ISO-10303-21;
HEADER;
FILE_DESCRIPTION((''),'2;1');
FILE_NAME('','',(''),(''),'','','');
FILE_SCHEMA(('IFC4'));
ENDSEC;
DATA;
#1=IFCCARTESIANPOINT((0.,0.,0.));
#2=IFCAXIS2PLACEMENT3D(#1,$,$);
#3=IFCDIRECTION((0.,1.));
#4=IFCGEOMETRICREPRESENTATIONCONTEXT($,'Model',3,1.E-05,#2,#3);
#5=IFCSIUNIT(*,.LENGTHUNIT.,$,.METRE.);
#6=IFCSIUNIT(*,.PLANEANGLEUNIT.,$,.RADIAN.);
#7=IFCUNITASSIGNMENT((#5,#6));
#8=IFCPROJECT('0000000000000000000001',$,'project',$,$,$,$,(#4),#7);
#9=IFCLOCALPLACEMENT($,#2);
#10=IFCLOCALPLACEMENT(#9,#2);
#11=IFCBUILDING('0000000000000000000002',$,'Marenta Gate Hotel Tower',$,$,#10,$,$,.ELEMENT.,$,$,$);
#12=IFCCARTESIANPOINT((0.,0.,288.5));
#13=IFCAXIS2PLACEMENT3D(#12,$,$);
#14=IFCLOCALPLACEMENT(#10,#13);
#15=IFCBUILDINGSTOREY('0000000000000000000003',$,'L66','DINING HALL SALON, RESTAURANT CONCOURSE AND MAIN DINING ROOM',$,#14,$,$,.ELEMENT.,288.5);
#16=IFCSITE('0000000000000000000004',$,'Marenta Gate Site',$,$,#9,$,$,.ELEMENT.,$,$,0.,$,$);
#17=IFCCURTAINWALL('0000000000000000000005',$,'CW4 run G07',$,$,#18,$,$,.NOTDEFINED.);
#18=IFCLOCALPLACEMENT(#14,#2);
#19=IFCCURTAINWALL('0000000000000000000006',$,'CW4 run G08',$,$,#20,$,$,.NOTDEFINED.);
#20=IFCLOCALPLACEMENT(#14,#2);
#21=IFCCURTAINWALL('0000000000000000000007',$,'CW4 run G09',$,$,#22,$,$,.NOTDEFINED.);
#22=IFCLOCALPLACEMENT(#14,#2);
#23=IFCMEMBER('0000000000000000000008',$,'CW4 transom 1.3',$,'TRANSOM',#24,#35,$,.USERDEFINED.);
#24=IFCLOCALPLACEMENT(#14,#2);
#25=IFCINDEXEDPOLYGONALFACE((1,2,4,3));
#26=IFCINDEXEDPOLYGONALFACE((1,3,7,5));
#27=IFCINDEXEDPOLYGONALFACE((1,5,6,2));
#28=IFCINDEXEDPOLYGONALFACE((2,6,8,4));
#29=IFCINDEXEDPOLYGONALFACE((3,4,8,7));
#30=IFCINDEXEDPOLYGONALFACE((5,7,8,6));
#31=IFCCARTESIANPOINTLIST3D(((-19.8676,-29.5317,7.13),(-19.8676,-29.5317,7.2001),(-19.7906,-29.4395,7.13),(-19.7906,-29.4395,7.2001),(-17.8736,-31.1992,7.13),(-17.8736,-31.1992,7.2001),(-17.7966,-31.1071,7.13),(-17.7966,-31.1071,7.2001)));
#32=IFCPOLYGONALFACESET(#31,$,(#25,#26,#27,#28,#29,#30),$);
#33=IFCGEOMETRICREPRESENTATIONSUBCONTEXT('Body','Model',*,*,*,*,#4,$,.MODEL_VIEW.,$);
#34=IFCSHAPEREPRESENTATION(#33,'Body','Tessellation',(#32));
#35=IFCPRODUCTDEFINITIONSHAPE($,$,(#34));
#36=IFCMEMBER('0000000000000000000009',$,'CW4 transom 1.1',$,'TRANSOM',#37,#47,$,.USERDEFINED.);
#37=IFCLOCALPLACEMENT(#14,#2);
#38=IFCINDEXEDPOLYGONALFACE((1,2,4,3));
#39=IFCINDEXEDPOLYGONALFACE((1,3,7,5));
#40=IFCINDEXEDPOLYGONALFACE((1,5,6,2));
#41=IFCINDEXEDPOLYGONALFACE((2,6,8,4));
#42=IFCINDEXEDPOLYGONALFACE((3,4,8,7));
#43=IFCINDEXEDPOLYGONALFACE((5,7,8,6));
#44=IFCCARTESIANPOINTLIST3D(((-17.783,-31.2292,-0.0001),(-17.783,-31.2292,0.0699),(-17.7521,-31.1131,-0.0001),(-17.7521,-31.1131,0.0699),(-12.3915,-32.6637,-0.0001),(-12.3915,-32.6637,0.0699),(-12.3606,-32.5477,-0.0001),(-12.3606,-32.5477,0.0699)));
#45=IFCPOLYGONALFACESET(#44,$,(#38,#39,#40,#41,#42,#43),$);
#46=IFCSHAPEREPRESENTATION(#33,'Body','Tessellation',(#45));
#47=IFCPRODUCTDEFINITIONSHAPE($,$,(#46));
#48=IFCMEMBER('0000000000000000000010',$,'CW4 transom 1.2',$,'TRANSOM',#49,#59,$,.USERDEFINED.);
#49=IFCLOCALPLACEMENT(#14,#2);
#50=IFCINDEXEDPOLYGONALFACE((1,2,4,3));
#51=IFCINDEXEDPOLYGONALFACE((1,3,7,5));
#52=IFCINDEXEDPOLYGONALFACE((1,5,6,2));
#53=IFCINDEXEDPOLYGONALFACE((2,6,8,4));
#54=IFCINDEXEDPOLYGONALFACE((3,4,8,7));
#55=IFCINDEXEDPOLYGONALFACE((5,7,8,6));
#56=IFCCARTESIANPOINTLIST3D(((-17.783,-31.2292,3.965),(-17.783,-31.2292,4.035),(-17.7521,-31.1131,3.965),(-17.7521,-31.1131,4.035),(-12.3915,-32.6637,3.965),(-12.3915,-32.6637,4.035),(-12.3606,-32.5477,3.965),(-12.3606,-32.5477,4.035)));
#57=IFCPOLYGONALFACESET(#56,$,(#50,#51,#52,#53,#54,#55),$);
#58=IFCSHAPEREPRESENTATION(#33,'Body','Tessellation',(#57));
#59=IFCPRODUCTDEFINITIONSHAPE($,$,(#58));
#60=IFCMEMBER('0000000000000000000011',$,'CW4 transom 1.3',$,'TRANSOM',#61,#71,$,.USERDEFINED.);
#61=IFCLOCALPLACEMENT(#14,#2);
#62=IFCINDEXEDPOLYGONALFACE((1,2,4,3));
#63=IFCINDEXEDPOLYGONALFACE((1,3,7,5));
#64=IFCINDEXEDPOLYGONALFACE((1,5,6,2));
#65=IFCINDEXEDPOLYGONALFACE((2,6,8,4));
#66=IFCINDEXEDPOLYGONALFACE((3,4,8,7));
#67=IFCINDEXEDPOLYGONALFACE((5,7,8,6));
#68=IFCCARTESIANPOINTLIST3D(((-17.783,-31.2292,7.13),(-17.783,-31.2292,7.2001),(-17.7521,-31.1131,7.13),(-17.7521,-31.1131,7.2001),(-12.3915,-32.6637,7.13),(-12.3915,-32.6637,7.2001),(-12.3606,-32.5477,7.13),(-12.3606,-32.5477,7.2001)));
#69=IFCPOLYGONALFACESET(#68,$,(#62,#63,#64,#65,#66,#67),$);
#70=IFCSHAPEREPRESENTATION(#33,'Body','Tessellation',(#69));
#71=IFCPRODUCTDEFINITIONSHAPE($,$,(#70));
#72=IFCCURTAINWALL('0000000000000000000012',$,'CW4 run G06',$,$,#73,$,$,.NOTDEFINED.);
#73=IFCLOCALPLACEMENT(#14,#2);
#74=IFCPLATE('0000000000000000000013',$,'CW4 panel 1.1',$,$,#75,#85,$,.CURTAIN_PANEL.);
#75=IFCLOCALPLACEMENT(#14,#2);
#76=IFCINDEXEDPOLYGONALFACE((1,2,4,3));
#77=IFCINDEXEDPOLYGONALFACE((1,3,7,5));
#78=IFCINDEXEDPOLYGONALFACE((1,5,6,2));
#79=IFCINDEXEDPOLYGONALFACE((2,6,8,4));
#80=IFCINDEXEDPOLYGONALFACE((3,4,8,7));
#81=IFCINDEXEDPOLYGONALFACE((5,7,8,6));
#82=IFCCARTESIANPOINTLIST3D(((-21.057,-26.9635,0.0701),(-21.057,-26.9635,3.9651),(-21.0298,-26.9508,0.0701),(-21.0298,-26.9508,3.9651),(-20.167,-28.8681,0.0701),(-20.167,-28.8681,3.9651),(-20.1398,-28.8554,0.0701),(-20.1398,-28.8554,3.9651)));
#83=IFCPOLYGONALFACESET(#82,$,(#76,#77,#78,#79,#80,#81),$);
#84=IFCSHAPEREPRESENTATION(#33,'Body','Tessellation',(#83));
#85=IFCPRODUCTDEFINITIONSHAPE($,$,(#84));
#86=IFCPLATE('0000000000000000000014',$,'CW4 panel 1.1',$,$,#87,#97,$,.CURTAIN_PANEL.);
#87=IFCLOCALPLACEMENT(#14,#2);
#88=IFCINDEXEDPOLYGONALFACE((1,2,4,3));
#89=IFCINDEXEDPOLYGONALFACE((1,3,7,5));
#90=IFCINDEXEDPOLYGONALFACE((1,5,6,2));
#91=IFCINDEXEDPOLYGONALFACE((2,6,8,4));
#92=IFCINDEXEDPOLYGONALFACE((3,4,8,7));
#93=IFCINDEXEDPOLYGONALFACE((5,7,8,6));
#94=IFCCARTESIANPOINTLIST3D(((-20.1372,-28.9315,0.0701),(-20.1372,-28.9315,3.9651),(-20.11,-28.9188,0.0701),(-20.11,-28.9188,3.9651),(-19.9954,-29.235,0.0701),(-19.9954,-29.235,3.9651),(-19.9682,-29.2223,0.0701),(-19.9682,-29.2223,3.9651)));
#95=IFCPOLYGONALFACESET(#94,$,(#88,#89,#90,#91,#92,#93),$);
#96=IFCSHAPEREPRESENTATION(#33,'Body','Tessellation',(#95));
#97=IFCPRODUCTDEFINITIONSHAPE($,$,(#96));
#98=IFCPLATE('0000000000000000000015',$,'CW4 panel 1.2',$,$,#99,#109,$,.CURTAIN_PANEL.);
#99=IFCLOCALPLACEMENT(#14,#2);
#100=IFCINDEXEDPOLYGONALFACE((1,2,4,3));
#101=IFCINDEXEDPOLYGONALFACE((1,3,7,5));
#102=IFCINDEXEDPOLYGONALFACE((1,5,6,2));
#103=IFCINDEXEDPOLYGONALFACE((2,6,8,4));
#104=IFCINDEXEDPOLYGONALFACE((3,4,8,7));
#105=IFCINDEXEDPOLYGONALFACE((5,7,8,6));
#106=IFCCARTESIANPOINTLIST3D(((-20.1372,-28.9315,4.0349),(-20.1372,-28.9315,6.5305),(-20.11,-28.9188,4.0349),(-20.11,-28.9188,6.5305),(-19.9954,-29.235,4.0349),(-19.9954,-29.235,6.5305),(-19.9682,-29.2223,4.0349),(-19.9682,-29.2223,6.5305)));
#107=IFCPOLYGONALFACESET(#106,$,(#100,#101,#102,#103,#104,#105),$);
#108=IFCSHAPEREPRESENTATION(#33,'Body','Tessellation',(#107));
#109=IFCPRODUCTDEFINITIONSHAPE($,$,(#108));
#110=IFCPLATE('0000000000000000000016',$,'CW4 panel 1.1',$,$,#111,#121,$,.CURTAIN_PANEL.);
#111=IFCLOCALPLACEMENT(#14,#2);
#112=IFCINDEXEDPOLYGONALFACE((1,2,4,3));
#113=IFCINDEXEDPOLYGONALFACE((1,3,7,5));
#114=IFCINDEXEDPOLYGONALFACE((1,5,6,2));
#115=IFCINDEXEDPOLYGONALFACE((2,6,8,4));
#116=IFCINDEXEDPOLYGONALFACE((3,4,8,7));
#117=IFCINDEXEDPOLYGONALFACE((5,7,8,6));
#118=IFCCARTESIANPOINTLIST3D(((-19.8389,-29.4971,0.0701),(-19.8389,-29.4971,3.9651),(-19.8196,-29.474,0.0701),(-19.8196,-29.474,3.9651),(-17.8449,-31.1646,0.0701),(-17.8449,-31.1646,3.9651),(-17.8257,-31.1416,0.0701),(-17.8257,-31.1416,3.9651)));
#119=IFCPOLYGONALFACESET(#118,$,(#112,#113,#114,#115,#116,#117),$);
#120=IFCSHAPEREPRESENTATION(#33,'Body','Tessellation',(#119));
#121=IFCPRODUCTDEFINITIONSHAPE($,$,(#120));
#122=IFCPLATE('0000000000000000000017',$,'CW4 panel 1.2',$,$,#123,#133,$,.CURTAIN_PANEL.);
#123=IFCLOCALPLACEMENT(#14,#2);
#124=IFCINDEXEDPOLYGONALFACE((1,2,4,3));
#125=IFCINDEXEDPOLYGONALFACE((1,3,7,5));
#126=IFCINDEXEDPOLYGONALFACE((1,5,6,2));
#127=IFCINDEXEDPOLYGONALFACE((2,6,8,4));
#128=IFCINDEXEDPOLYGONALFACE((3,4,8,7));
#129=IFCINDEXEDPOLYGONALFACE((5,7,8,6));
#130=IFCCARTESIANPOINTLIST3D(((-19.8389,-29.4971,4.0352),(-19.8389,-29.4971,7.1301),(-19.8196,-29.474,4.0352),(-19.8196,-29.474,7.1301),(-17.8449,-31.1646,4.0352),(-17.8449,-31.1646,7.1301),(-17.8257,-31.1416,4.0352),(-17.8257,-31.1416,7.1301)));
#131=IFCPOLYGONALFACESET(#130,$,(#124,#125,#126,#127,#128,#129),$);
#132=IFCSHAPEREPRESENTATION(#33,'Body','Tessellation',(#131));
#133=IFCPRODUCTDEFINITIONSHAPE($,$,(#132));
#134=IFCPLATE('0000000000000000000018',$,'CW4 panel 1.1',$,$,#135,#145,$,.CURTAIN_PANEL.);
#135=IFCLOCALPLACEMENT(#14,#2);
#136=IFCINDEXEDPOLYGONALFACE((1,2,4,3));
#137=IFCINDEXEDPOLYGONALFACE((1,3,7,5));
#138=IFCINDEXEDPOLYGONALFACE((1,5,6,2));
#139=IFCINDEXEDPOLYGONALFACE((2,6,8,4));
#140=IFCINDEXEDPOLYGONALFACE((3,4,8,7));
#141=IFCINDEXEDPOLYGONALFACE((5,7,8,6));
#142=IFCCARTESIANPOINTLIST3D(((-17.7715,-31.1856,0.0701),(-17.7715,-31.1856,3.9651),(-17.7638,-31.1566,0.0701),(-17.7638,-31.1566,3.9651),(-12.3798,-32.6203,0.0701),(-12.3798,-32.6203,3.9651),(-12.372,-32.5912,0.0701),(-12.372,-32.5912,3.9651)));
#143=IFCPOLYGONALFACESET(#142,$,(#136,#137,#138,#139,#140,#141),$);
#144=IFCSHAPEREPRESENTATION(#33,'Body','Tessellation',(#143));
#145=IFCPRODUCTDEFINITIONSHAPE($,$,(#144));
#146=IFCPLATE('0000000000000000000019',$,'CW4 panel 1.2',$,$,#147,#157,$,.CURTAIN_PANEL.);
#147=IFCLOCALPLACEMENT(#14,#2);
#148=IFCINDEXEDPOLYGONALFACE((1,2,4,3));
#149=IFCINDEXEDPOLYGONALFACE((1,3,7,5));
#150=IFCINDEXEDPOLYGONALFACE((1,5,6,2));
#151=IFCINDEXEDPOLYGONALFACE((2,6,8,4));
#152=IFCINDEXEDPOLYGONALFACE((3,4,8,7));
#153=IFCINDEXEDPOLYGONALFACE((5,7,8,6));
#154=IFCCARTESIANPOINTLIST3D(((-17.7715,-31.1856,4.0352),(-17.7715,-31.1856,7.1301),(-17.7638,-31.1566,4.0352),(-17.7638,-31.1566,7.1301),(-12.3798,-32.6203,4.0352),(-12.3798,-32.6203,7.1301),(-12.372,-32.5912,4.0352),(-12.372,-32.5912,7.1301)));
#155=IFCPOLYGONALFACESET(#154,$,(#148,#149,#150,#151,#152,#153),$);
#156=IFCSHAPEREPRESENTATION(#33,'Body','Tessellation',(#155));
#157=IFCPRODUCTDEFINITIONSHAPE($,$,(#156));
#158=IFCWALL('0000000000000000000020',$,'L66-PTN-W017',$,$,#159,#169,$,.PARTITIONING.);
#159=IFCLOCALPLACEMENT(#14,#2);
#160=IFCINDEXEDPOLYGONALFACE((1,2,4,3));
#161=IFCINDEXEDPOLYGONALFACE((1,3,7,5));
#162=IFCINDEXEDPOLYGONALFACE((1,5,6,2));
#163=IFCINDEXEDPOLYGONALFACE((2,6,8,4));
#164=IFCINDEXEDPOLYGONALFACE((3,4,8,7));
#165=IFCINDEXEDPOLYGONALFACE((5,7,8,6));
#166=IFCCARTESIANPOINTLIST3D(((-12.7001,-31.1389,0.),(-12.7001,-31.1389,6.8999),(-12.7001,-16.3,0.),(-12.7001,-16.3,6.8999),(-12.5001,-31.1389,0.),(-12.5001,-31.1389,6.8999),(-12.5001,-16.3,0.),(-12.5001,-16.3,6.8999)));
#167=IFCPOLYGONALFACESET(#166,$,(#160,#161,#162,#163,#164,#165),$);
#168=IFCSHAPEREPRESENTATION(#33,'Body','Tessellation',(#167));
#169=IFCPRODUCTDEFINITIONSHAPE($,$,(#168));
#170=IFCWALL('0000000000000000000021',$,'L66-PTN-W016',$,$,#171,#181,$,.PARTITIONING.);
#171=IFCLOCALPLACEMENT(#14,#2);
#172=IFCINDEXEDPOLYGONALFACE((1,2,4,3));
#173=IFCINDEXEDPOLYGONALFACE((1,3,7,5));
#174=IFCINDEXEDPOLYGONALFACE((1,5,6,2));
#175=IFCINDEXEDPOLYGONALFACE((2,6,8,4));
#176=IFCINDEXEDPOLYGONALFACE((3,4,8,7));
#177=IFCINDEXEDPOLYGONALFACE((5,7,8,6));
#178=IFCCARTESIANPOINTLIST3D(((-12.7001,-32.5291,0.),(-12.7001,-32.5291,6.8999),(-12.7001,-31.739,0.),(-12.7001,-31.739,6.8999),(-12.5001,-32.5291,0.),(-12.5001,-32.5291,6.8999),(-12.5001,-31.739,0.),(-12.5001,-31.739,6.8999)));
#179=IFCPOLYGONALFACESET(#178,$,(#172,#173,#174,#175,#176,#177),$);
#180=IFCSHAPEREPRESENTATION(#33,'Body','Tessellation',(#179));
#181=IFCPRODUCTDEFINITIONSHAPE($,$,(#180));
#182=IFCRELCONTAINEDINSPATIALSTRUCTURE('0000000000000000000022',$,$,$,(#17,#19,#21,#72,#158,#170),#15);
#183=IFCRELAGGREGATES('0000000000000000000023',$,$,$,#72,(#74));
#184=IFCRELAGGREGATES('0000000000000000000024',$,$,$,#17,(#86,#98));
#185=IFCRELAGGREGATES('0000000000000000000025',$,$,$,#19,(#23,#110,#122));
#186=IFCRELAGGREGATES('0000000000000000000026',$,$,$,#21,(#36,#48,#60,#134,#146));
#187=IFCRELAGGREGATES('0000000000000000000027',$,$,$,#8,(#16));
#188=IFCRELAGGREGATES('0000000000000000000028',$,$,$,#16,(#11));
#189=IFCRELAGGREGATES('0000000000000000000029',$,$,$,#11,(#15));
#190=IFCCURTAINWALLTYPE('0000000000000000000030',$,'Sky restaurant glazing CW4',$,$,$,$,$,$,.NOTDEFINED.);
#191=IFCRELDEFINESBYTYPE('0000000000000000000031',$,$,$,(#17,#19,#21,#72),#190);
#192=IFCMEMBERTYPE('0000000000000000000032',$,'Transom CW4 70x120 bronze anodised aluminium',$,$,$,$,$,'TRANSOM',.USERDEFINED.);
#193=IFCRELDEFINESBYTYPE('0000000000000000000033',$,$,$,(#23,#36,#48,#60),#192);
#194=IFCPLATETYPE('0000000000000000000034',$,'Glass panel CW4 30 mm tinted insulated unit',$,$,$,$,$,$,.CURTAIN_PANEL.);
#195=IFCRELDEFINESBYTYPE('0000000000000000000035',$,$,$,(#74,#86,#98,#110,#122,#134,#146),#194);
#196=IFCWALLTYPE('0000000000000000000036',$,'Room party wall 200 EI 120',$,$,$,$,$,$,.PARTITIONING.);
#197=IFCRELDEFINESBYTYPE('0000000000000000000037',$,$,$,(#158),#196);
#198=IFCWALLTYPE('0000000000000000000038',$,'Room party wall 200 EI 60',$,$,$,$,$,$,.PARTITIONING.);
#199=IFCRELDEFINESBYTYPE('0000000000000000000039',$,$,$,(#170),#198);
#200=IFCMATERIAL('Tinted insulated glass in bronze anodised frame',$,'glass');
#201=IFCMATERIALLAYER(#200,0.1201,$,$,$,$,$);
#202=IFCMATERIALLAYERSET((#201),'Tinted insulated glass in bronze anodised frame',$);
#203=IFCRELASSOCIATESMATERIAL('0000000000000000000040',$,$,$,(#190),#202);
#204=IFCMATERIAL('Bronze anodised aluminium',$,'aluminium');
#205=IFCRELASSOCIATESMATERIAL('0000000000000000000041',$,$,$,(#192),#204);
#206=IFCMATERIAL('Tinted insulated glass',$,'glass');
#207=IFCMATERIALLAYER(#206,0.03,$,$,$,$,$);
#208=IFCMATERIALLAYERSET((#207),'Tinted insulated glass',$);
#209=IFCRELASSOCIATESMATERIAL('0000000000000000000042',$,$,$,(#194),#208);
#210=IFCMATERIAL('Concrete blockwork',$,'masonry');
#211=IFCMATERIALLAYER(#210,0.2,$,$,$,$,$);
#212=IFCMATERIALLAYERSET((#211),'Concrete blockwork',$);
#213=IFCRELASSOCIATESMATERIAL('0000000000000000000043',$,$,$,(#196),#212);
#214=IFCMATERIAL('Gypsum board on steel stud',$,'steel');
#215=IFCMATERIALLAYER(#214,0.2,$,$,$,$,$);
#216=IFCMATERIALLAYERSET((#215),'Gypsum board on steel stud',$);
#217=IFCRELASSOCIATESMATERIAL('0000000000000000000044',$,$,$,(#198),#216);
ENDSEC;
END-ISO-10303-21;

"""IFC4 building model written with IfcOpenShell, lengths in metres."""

from ifc_helpers import new_model, si_unit, direction, frame, frame_2d, origin, origin_2d, place, context, subcontext, project, spatial, rectangle, extrude, material, layer, layer_set, material_profile, profile_set, type_object, element, aggregate, save


model = new_model("IFC4")

# Units and contexts
model_context = context("Model", 3, precision=1e-05, world=origin(), true_north=direction((0.0, 1.0)))
body_context = subcontext(model_context, "Body", "Model", "MODEL_VIEW")
ifc_project = project(units=[si_unit("LENGTHUNIT", "METRE"), si_unit("PLANEANGLEUNIT", "RADIAN")], contexts=[model_context])

# Site, building, storey
site_placement = place(None, origin())
site = spatial("IfcSite", under=ifc_project, at=site_placement, Name="Marenta Gate Site", CompositionType="ELEMENT", RefElevation=0.0)
building_placement = place(site_placement, origin())
building = spatial("IfcBuilding", under=site, at=building_placement, Name="Marenta Gate Hotel Tower", CompositionType="ELEMENT")
storey_placement = place(building_placement, frame((0.0, 0.0, 288.5)))
storey = spatial("IfcBuildingStorey", under=building, at=storey_placement, Name="L66", Description="DINING HALL SALON, RESTAURANT CONCOURSE AND MAIN DINING ROOM", CompositionType="ELEMENT", Elevation=288.5)

# Curtain wall
ifc_material_1 = material(Name="Tinted insulated glass in bronze anodised frame", Category="glass")
ifc_layer_1 = layer(ifc_material_1, 0.1201)
ifc_layer_set_1 = layer_set([ifc_layer_1], Name="Tinted insulated glass in bronze anodised frame")
curtain_wall_type = type_object("IfcCurtainWallType", Name="Sky restaurant glazing CW4", PredefinedType="NOTDEFINED", material=ifc_layer_set_1)
curtain_wall_1_placement = place(storey_placement, origin())
curtain_wall_1 = element("IfcCurtainWall", 1, at=curtain_wall_1_placement, inside=storey, type_object=curtain_wall_type, Name="CW4 run G07", PredefinedType="NOTDEFINED")

# Curtain wall
curtain_wall_2_placement = place(storey_placement, origin())
curtain_wall_2 = element("IfcCurtainWall", 2, at=curtain_wall_2_placement, inside=storey, type_object=curtain_wall_type, Name="CW4 run G08", PredefinedType="NOTDEFINED")

# Curtain wall
curtain_wall_3_placement = place(storey_placement, origin())
curtain_wall_3 = element("IfcCurtainWall", 3, at=curtain_wall_3_placement, inside=storey, type_object=curtain_wall_type, Name="CW4 run G09", PredefinedType="NOTDEFINED")

# Members
ifc_material_2 = material(Name="Bronze anodised aluminium", Category="aluminium")
ifc_material_profile_1 = material_profile(ifc_material_2, rectangle(XDim=0.1201, YDim=0.0701, at=origin_2d()), Name="Transom CW4 70x120 bronze anodised aluminium")
ifc_profile_set_1 = profile_set([ifc_material_profile_1], Name="Bronze anodised aluminium")
member_type_1 = type_object("IfcMemberType", Name="Transom CW4 70x120 bronze anodised aluminium", ElementType="TRANSOM", PredefinedType="USERDEFINED", material=ifc_profile_set_1)
member_1_placement = place(storey_placement, frame((-19.8291, -29.4856, 7.165), z_axis=(0.767104, -0.641523, 0.0), x_axis=(0.641523, 0.767104, 0.0)))
member_1 = element("IfcMember", 4, at=member_1_placement, type_object=member_type_1, Name="CW4 transom 1.3", ObjectType="TRANSOM", PredefinedType="USERDEFINED", context=body_context, shape_type="SweptSolid", body=[
    extrude(rectangle(XDim=0.1201, YDim=0.0701, at=origin_2d()), origin(), (0.0, 0.0, 1.0), 2.5994),
])
member_2_placement = place(storey_placement, frame((-17.7676, -31.1711, 0.0349), z_axis=(0.966377, -0.257129, 0.0), x_axis=(0.257129, 0.966377, 0.0)))
member_2 = element("IfcMember", 5, at=member_2_placement, type_object=member_type_1, Name="CW4 transom 1.1", ObjectType="TRANSOM", PredefinedType="USERDEFINED", context=body_context, shape_type="SweptSolid", body=[
    extrude(rectangle(XDim=0.1201, YDim=0.0701, at=origin_2d()), origin(), (0.0, 0.0, 1.0), 5.5791),
])
member_3_placement = place(storey_placement, frame((-17.7676, -31.1711, 4.0), z_axis=(0.966377, -0.257129, 0.0), x_axis=(0.257129, 0.966377, 0.0)))
member_3 = element("IfcMember", 6, at=member_3_placement, type_object=member_type_1, Name="CW4 transom 1.2", ObjectType="TRANSOM", PredefinedType="USERDEFINED", context=body_context, shape_type="SweptSolid", body=[
    extrude(rectangle(XDim=0.1201, YDim=0.0701, at=origin_2d()), origin(), (0.0, 0.0, 1.0), 5.5791),
])
member_4_placement = place(storey_placement, frame((-17.7676, -31.1711, 7.165), z_axis=(0.966377, -0.257129, 0.0), x_axis=(0.257129, 0.966377, 0.0)))
member_4 = element("IfcMember", 7, at=member_4_placement, type_object=member_type_1, Name="CW4 transom 1.3", ObjectType="TRANSOM", PredefinedType="USERDEFINED", context=body_context, shape_type="SweptSolid", body=[
    extrude(rectangle(XDim=0.1201, YDim=0.0701, at=origin_2d()), origin(), (0.0, 0.0, 1.0), 5.5791),
])

# Curtain wall, plate
curtain_wall_4_placement = place(storey_placement, origin())
curtain_wall_4 = element("IfcCurtainWall", 8, at=curtain_wall_4_placement, inside=storey, type_object=curtain_wall_type, Name="CW4 run G06", PredefinedType="NOTDEFINED")
ifc_material_3 = material(Name="Tinted insulated glass", Category="glass")
ifc_layer_2 = layer(ifc_material_3, 0.03)
ifc_layer_set_2 = layer_set([ifc_layer_2], Name="Tinted insulated glass")
plate_type = type_object("IfcPlateType", Name="Glass panel CW4 30 mm tinted insulated unit", PredefinedType="CURTAIN_PANEL", material=ifc_layer_set_2)
plate_1_placement = place(storey_placement, frame((-20.5984, -27.9094, 0.0701), z_axis=(0.0, 0.0, 1.0), x_axis=(0.423339, -0.905971, 0.0)))
plate_1 = element("IfcPlate", 9, at=plate_1_placement, type_object=plate_type, Name="CW4 panel 1.1", PredefinedType="CURTAIN_PANEL", context=body_context, shape_type="SweptSolid", body=[
    extrude(rectangle(XDim=2.1023, YDim=0.03, at=origin_2d()), origin(), (0.0, 0.0, 1.0), 3.895),
])
aggregate(curtain_wall_4, [plate_1])

# Plates
plate_2_placement = place(storey_placement, frame((-20.0527, -29.0769, 0.0701), z_axis=(0.0, 0.0, 1.0), x_axis=(0.423393, -0.905946, 0.0)))
plate_2 = element("IfcPlate", 10, at=plate_2_placement, type_object=plate_type, Name="CW4 panel 1.1", PredefinedType="CURTAIN_PANEL", context=body_context, shape_type="SweptSolid", body=[
    extrude(rectangle(XDim=0.335, YDim=0.03, at=origin_2d()), origin(), (0.0, 0.0, 1.0), 3.895),
])
plate_3_placement = place(storey_placement, frame((-20.0527, -29.0769, 4.0349), z_axis=(0.0, 0.0, 1.0), x_axis=(0.423393, -0.905946, 0.0)))
plate_3 = element("IfcPlate", 11, at=plate_3_placement, type_object=plate_type, Name="CW4 panel 1.2", PredefinedType="CURTAIN_PANEL", context=body_context, shape_type="SweptSolid", body=[
    extrude(rectangle(XDim=0.335, YDim=0.03, at=origin_2d()), origin(), (0.0, 0.0, 1.0), 2.4956),
])
aggregate(curtain_wall_1, [plate_2, plate_3])
plate_4_placement = place(storey_placement, frame((-18.8323, -30.3193, 0.0701), z_axis=(0.0, 0.0, 1.0), x_axis=(0.767102, -0.641525, 0.0)))
plate_4 = element("IfcPlate", 12, at=plate_4_placement, type_object=plate_type, Name="CW4 panel 1.1", PredefinedType="CURTAIN_PANEL", context=body_context, shape_type="SweptSolid", body=[
    extrude(rectangle(XDim=2.5994, YDim=0.03, at=origin_2d()), origin(), (0.0, 0.0, 1.0), 3.895),
])
plate_5_placement = place(storey_placement, frame((-18.8323, -30.3193, 4.0352), z_axis=(0.0, 0.0, 1.0), x_axis=(0.767102, -0.641525, 0.0)))
plate_5 = element("IfcPlate", 13, at=plate_5_placement, type_object=plate_type, Name="CW4 panel 1.2", PredefinedType="CURTAIN_PANEL", context=body_context, shape_type="SweptSolid", body=[
    extrude(rectangle(XDim=2.5994, YDim=0.03, at=origin_2d()), origin(), (0.0, 0.0, 1.0), 3.095),
])
aggregate(curtain_wall_2, [member_1, plate_4, plate_5])
plate_6_placement = place(storey_placement, frame((-15.0718, -31.8884, 0.0701), z_axis=(0.0, 0.0, 1.0), x_axis=(0.966375, -0.257136, 0.0)))
plate_6 = element("IfcPlate", 14, at=plate_6_placement, type_object=plate_type, Name="CW4 panel 1.1", PredefinedType="CURTAIN_PANEL", context=body_context, shape_type="SweptSolid", body=[
    extrude(rectangle(XDim=5.5793, YDim=0.03, at=origin_2d()), origin(), (0.0, 0.0, 1.0), 3.895),
])
plate_7_placement = place(storey_placement, frame((-15.0718, -31.8884, 4.0352), z_axis=(0.0, 0.0, 1.0), x_axis=(0.966375, -0.257136, 0.0)))
plate_7 = element("IfcPlate", 15, at=plate_7_placement, type_object=plate_type, Name="CW4 panel 1.2", PredefinedType="CURTAIN_PANEL", context=body_context, shape_type="SweptSolid", body=[
    extrude(rectangle(XDim=5.5793, YDim=0.03, at=origin_2d()), origin(), (0.0, 0.0, 1.0), 3.095),
])
aggregate(curtain_wall_3, [member_2, member_3, member_4, plate_6, plate_7])

# Walls
ifc_material_4 = material(Name="Concrete blockwork", Category="masonry")
ifc_layer_3 = layer(ifc_material_4, 0.2)
ifc_layer_set_3 = layer_set([ifc_layer_3], Name="Concrete blockwork")
wall_type_1 = type_object("IfcWallType", Name="Room party wall 200 EI 120", PredefinedType="PARTITIONING", material=ifc_layer_set_3)
wall_1_placement = place(storey_placement, frame((-12.6001, -31.1389, 0.0), z_axis=(0.0, 0.0, 1.0), x_axis=(0.0, 1.0, 0.0)))
element("IfcWall", 16, at=wall_1_placement, inside=storey, type_object=wall_type_1, Name="L66-PTN-W017", PredefinedType="PARTITIONING", context=body_context, shape_type="SweptSolid", body=[
    extrude(rectangle(XDim=14.8389, YDim=0.2, at=frame_2d((7.4194, 0.0))), origin(), (0.0, 0.0, 1.0), 6.8999),
])
ifc_material_5 = material(Name="Gypsum board on steel stud", Category="steel")
ifc_layer_4 = layer(ifc_material_5, 0.2)
ifc_layer_set_4 = layer_set([ifc_layer_4], Name="Gypsum board on steel stud")
wall_type_2 = type_object("IfcWallType", Name="Room party wall 200 EI 60", PredefinedType="PARTITIONING", material=ifc_layer_set_4)
wall_2_placement = place(storey_placement, frame((-12.6001, -32.5291, 0.0), z_axis=(0.0, 0.0, 1.0), x_axis=(0.0, 1.0, 0.0)))
element("IfcWall", 17, at=wall_2_placement, inside=storey, type_object=wall_type_2, Name="L66-PTN-W016", PredefinedType="PARTITIONING", context=body_context, shape_type="SweptSolid", body=[
    extrude(rectangle(XDim=0.79, YDim=0.2, at=frame_2d((0.395, 0.0))), origin(), (0.0, 0.0, 1.0), 6.8999),
])

save(model, "model.ifc")
